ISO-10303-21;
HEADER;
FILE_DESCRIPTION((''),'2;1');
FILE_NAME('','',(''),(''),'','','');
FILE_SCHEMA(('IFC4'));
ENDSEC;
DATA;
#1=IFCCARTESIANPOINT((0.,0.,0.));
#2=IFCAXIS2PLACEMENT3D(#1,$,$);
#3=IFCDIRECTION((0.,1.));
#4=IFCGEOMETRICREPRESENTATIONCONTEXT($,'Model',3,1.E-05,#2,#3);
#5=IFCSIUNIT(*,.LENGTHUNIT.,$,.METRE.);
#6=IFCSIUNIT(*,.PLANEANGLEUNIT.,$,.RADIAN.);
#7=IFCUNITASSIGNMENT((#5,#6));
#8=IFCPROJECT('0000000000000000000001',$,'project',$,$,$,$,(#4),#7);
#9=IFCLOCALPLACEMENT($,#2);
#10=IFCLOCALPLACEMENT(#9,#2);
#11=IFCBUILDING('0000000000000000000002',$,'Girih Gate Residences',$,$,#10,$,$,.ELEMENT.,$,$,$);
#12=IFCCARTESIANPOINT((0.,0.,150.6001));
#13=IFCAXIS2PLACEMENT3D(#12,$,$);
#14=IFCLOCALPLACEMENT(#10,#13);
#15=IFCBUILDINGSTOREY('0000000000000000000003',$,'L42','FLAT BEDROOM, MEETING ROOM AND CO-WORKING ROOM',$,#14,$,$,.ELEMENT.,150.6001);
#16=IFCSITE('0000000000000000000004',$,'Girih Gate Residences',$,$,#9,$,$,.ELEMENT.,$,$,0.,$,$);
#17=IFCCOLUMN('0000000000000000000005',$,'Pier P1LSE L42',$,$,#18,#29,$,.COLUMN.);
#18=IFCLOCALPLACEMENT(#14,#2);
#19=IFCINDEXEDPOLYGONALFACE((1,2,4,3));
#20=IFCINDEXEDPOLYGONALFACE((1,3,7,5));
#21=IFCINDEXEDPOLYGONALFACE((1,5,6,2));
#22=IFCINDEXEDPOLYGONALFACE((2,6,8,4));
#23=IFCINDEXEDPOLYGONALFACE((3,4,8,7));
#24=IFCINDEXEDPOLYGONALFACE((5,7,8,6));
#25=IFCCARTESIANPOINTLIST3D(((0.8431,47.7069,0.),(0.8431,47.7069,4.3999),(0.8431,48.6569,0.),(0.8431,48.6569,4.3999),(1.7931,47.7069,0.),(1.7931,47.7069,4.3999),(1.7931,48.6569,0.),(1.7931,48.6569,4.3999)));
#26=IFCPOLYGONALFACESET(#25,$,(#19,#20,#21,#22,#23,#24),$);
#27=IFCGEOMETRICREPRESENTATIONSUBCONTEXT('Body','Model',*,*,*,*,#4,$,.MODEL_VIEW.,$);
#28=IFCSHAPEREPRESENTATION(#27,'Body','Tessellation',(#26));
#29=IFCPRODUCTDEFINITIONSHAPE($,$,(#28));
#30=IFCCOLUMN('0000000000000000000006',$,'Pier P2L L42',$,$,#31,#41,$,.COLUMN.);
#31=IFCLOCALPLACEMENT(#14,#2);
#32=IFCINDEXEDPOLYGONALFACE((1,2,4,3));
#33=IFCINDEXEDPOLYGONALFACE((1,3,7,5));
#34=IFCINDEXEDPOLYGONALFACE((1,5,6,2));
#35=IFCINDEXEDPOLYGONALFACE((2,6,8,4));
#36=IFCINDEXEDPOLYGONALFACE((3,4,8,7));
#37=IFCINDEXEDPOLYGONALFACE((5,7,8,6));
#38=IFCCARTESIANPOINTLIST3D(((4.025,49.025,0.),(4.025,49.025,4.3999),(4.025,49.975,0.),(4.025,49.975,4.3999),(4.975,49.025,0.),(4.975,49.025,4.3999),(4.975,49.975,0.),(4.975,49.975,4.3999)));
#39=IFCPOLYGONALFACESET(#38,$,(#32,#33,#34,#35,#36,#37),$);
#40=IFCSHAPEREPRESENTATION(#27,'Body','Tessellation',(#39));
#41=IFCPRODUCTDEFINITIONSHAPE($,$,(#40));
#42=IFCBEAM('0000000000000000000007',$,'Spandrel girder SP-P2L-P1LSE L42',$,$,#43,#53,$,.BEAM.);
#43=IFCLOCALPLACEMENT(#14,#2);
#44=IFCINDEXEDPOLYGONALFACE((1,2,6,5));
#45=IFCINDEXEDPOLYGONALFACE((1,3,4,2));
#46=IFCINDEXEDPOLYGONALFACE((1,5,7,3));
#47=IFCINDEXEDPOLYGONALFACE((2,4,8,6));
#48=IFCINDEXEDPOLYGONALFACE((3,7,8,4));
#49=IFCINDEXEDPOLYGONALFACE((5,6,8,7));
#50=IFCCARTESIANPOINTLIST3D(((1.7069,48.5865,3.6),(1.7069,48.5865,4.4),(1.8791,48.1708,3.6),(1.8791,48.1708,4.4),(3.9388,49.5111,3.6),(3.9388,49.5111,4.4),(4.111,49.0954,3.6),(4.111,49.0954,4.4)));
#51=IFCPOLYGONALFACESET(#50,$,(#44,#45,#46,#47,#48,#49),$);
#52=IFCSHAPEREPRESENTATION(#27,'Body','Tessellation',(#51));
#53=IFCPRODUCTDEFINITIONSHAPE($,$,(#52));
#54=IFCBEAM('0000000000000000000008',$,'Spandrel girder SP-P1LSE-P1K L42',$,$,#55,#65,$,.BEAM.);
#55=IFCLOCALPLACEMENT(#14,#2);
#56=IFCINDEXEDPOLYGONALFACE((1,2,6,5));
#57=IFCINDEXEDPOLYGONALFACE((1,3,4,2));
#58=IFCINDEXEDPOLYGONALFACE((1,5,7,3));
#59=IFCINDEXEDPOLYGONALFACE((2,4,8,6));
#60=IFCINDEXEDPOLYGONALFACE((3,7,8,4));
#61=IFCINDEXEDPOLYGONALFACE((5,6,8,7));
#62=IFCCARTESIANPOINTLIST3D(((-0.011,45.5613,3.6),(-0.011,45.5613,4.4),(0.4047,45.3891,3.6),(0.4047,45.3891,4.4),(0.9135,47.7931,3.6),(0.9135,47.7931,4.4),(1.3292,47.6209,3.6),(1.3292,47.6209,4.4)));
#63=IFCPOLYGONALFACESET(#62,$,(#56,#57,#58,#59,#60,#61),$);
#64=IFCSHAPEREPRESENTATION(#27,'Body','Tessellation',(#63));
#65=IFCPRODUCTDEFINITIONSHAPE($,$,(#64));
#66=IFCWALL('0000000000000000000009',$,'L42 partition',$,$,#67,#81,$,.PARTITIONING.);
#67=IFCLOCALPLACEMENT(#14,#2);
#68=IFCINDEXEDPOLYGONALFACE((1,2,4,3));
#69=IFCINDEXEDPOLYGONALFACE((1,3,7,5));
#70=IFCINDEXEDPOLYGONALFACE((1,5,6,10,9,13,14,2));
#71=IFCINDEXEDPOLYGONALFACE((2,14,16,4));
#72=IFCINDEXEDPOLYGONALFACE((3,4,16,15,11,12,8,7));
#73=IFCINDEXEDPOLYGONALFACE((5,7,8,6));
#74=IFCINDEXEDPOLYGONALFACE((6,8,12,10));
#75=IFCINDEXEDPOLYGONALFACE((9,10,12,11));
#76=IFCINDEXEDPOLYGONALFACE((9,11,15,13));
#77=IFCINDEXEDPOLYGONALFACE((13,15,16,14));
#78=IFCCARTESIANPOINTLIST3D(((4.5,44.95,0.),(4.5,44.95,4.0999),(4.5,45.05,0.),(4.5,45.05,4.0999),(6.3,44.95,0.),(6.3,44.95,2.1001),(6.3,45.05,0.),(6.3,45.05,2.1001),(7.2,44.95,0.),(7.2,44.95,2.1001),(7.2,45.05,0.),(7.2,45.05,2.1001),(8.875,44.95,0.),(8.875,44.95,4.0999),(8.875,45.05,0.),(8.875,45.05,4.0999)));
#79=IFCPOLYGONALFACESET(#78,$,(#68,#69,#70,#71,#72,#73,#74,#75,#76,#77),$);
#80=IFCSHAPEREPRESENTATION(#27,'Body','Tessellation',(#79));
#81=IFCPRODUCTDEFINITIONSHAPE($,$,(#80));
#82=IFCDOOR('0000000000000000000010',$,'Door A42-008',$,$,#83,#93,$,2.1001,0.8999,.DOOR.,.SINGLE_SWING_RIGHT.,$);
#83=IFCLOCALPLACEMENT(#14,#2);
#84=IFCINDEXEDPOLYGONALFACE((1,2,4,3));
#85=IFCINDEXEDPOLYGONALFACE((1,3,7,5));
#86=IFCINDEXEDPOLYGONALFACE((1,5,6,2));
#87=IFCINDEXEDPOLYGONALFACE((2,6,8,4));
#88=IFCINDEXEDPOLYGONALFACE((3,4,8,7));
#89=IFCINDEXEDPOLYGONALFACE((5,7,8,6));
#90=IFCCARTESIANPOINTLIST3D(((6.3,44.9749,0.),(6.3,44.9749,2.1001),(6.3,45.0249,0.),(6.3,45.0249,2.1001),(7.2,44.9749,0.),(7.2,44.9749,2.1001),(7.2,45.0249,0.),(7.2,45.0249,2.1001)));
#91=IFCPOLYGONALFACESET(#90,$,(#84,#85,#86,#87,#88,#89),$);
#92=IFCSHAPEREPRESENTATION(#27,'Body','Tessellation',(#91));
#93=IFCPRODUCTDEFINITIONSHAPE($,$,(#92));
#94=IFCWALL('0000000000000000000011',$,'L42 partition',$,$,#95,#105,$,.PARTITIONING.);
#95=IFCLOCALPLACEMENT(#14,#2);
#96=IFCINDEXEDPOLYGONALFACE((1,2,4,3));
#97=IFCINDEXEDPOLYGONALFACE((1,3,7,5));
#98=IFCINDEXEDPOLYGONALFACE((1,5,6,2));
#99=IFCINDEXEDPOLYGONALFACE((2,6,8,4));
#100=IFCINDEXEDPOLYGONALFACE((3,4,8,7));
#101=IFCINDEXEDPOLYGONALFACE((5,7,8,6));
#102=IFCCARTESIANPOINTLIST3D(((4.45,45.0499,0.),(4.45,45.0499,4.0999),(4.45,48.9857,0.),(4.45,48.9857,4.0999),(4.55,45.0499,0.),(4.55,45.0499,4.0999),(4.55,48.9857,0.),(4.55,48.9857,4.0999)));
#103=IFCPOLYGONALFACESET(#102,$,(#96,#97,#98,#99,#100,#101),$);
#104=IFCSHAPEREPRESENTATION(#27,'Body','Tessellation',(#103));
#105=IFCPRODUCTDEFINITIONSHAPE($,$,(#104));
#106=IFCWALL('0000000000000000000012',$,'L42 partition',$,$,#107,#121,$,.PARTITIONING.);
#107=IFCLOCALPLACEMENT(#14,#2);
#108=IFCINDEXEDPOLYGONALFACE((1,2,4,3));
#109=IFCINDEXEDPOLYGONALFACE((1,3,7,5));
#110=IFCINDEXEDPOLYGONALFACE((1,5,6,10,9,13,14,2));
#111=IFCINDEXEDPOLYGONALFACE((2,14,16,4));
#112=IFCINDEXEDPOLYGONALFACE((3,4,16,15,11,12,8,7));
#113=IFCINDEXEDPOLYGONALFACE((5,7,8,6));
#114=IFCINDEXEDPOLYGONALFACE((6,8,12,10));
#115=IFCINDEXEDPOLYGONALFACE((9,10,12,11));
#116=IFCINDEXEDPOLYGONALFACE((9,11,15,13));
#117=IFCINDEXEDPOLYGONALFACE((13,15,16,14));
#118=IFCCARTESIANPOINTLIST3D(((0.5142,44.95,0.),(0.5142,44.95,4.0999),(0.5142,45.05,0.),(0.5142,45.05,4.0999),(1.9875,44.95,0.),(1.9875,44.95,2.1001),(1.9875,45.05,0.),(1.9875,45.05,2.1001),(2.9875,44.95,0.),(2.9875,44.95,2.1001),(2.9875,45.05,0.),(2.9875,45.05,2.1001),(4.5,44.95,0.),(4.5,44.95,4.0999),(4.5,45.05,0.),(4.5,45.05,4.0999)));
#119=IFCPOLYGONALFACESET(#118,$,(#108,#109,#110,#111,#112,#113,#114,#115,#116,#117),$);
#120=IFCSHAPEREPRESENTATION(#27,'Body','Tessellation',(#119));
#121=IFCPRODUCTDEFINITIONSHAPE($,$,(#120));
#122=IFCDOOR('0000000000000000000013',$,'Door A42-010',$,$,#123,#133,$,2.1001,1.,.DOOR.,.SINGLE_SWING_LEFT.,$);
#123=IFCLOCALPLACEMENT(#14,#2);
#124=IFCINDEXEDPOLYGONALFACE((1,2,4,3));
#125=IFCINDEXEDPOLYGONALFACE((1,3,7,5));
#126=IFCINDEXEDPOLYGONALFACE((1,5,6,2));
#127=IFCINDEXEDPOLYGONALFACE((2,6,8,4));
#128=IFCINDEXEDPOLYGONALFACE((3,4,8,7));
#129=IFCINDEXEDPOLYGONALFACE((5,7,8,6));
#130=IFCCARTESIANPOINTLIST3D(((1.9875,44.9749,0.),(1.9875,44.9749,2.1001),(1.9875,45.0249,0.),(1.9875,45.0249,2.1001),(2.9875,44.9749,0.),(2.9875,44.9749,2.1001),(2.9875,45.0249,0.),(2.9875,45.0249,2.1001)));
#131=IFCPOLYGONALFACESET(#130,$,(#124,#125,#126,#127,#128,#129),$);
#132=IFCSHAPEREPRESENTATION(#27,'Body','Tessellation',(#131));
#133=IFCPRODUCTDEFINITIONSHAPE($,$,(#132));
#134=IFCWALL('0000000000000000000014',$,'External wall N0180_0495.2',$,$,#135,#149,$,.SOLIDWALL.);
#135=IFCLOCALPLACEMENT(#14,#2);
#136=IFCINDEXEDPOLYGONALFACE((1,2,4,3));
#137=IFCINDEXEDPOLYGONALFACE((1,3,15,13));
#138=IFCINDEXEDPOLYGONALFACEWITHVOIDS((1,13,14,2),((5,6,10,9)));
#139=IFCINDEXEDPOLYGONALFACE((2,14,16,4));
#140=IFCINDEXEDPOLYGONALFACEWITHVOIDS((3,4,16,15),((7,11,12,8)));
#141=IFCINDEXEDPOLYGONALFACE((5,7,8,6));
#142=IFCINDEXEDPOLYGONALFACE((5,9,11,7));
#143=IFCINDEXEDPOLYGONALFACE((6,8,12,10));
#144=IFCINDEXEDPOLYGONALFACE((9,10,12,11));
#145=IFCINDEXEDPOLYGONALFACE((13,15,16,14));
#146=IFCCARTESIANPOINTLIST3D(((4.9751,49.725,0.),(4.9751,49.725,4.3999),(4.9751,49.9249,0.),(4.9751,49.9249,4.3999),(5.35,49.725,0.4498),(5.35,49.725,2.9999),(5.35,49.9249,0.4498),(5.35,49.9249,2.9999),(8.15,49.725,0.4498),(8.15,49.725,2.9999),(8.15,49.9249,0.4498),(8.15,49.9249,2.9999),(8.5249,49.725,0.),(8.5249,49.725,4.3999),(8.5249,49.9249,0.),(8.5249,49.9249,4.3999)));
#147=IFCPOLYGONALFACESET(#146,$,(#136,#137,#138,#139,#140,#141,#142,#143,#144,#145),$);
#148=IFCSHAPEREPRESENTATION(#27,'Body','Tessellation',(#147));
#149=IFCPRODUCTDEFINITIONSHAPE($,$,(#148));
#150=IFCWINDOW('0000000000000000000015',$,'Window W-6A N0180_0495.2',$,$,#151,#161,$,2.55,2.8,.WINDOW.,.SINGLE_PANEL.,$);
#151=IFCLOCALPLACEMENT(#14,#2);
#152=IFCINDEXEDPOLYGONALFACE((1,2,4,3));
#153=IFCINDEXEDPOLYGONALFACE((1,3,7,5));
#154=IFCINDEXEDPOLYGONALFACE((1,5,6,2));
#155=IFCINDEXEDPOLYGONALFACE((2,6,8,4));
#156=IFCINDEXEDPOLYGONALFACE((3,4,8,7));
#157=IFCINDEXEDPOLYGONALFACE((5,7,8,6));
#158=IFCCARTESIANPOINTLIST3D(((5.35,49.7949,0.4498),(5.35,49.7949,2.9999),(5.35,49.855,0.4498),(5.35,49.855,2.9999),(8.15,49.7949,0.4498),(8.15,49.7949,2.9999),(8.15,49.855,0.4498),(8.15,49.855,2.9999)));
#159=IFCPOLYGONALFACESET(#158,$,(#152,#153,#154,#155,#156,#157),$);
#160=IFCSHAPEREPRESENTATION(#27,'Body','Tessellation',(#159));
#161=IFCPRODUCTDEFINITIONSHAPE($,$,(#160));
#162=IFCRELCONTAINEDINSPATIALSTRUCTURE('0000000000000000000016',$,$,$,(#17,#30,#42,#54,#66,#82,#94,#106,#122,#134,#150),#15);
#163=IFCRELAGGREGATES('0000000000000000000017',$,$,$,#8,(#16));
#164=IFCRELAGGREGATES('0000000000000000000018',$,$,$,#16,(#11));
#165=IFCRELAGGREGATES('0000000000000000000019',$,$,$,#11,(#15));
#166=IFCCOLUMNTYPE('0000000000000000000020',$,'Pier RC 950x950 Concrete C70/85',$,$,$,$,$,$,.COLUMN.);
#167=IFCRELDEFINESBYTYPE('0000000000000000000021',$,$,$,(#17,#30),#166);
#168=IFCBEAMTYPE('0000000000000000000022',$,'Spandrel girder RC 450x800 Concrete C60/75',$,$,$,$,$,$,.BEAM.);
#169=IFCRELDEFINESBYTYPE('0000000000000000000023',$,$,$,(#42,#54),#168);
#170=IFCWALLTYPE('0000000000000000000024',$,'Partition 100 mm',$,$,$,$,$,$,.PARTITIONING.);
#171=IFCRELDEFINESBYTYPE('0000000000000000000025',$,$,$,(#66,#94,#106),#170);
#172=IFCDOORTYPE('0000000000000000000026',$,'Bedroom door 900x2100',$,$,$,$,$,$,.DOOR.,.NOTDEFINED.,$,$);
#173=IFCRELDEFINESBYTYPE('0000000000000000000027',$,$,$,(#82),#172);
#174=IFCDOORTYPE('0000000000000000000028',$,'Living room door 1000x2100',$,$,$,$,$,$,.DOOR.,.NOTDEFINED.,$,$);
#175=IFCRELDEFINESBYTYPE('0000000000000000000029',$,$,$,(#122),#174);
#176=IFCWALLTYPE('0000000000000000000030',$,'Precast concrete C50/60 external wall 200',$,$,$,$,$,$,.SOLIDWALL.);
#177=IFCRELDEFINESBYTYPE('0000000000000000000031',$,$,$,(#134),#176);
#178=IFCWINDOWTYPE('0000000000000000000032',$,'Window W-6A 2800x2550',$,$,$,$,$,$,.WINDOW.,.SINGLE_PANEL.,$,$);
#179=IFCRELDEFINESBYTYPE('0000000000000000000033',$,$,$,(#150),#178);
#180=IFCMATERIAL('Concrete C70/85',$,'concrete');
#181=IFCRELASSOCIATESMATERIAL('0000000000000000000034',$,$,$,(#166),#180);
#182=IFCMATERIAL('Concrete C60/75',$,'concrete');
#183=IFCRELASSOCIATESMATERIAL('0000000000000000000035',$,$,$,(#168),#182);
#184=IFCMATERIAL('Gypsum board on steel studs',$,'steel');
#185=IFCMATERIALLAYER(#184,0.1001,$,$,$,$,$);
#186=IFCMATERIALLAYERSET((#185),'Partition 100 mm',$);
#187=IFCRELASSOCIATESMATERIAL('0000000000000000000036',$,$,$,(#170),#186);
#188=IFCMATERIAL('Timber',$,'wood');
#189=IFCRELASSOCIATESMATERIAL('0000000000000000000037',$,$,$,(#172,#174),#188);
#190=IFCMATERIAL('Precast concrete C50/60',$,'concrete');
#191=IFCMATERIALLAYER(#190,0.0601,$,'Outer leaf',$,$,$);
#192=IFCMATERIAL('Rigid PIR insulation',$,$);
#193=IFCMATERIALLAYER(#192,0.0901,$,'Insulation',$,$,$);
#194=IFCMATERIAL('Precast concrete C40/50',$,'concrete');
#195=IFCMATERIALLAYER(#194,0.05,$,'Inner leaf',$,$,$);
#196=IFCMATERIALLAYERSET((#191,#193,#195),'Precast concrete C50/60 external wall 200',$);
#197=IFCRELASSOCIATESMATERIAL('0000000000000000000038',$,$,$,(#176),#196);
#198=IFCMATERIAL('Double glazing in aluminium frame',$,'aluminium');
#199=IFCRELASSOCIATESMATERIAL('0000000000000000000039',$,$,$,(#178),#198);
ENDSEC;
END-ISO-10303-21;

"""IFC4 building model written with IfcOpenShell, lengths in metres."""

from ifc_helpers import new_model, si_unit, direction, frame, frame_2d, origin, origin_2d, place, context, subcontext, project, spatial, rectangle, extrude, material, layer, layer_set, material_profile, profile_set, type_object, element, fill, save


model = new_model("IFC4")

# Units and contexts
model_context = context("Model", 3, precision=1e-05, world=origin(), true_north=direction((0.0, 1.0)))
body_context = subcontext(model_context, "Body", "Model", "MODEL_VIEW")
ifc_project = project(units=[si_unit("LENGTHUNIT", "METRE"), si_unit("PLANEANGLEUNIT", "RADIAN")], contexts=[model_context])

# Site, building, storey
site_placement = place(None, origin())
site = spatial("IfcSite", under=ifc_project, at=site_placement, Name="Girih Gate Residences", CompositionType="ELEMENT", RefElevation=0.0)
building_placement = place(site_placement, origin())
building = spatial("IfcBuilding", under=site, at=building_placement, Name="Girih Gate Residences", CompositionType="ELEMENT")
storey_placement = place(building_placement, frame((0.0, 0.0, 150.6001)))
storey = spatial("IfcBuildingStorey", under=building, at=storey_placement, Name="L42", Description="FLAT BEDROOM, MEETING ROOM AND CO-WORKING ROOM", CompositionType="ELEMENT", Elevation=150.6001)

# Columns
ifc_material_1 = material(Name="Concrete C70/85", Category="concrete")
ifc_material_profile_1 = material_profile(ifc_material_1, rectangle(XDim=0.95, YDim=0.95, at=origin_2d()))
ifc_profile_set_1 = profile_set([ifc_material_profile_1], Name="Concrete C70/85")
column_type = type_object("IfcColumnType", Name="Pier RC 950x950 Concrete C70/85", PredefinedType="COLUMN", material=ifc_profile_set_1)
for number, where, z_axis, x_axis, name in (
    (1, (1.3181, 48.1819, 0.0), (0.0, 0.0, 1.0), (1.0, 0.0, 0.0), "Pier P1LSE L42"),
    (2, (4.5, 49.5, 0.0), (0.0, 0.0, 1.0), (1.0, 0.0, 0.0), "Pier P2L L42"),
):
    element("IfcColumn", number, at=place(storey_placement, frame(where, z_axis=z_axis, x_axis=x_axis)), inside=storey, type_object=column_type, Name=name, PredefinedType="COLUMN", context=body_context, shape_type="SweptSolid", body=[
        extrude(rectangle(XDim=0.95, YDim=0.95, at=origin_2d()), origin(), (0.0, 0.0, 1.0), 4.3999),
    ])

# Beams
ifc_material_2 = material(Name="Concrete C60/75", Category="concrete")
ifc_material_profile_2 = material_profile(ifc_material_2, rectangle(XDim=0.45, YDim=0.8, at=origin_2d()))
ifc_profile_set_2 = profile_set([ifc_material_profile_2], Name="Concrete C60/75")
beam_type = type_object("IfcBeamType", Name="Spandrel girder RC 450x800 Concrete C60/75", PredefinedType="BEAM", material=ifc_profile_set_2)
for number, where, z_axis, x_axis, name in (
    (3, (4.0249, 49.3032, 4.0), (-0.92387, -0.382706, 0.0), (0.382706, -0.92387, 0.0), "Spandrel girder SP-P2L-P1LSE L42"),
    (4, (1.1213, 47.707, 4.0), (-0.382706, -0.92387, 0.0), (0.92387, -0.382706, 0.0), "Spandrel girder SP-P1LSE-P1K L42"),
):
    element("IfcBeam", number, at=place(storey_placement, frame(where, z_axis=z_axis, x_axis=x_axis)), inside=storey, type_object=beam_type, Name=name, PredefinedType="BEAM", context=body_context, shape_type="SweptSolid", body=[
        extrude(rectangle(XDim=0.45, YDim=0.8, at=origin_2d()), origin(), (0.0, 0.0, 1.0), 2.4158),
    ])

# Wall, opening, door
ifc_material_3 = material(Name="Gypsum board on steel studs", Category="steel")
ifc_layer_1 = layer(ifc_material_3, 0.1001)
ifc_layer_set_1 = layer_set([ifc_layer_1], Name="Partition 100 mm")
wall_type_1 = type_object("IfcWallType", Name="Partition 100 mm", PredefinedType="PARTITIONING", material=ifc_layer_set_1)
wall_1_placement = place(storey_placement, frame((4.5, 45.0, 0.0), z_axis=(0.0, 0.0, 1.0), x_axis=(1.0, 0.0, 0.0)))
wall_1 = element("IfcWall", 5, at=wall_1_placement, inside=storey, type_object=wall_type_1, Name="L42 partition", PredefinedType="PARTITIONING", context=body_context, shape_type="SweptSolid", body=[
    extrude(rectangle(XDim=4.375, YDim=0.1001, at=frame_2d((2.1875, 0.0))), origin(), (0.0, 0.0, 1.0), 4.0999),
])
opening_1_placement = place(wall_1_placement, frame((1.8, 0.0, 0.0)))
opening_1 = element("IfcOpeningElement", 6, at=opening_1_placement, cuts=wall_1, PredefinedType="OPENING", context=body_context, shape_type="SweptSolid", body=[
    extrude(rectangle(XDim=0.8999, YDim=2.1001, at=frame_2d((0.45, 1.05))), frame((0.0, 0.0601, 0.0), z_axis=(0.0, -1.0, 0.0), x_axis=(1.0, 0.0, 0.0)), (0.0, 0.0, 1.0), 0.1201),
])
ifc_material_4 = material(Name="Timber", Category="wood")
door_type_1 = type_object("IfcDoorType", Name="Bedroom door 900x2100", OperationType="NOTDEFINED", PredefinedType="DOOR", material=ifc_material_4)
door_1_placement = place(opening_1_placement, origin())
door_1 = element("IfcDoor", 7, at=door_1_placement, inside=storey, type_object=door_type_1, Name="Door A42-008", OperationType="SINGLE_SWING_RIGHT", OverallHeight=2.1001, OverallWidth=0.8999, PredefinedType="DOOR", context=body_context, shape_type="SweptSolid", body=[
    extrude(rectangle(XDim=0.8999, YDim=2.1001, at=frame_2d((0.45, 1.05))), frame((0.0, 0.0249, 0.0), z_axis=(0.0, -1.0, 0.0), x_axis=(1.0, 0.0, 0.0)), (0.0, 0.0, 1.0), 0.05),
])
fill(opening_1, door_1)

# Wall
wall_2_placement = place(storey_placement, frame((4.5, 45.05, 0.0), z_axis=(0.0, 0.0, 1.0), x_axis=(0.0, 1.0, 0.0)))
element("IfcWall", 8, at=wall_2_placement, inside=storey, type_object=wall_type_1, Name="L42 partition", PredefinedType="PARTITIONING", context=body_context, shape_type="SweptSolid", body=[
    extrude(rectangle(XDim=3.9358, YDim=0.1001, at=frame_2d((1.9678, 0.0))), origin(), (0.0, 0.0, 1.0), 4.0999),
])

# Wall, opening, door
wall_3_placement = place(storey_placement, frame((0.5142, 45.0, 0.0), z_axis=(0.0, 0.0, 1.0), x_axis=(1.0, 0.0, 0.0)))
wall_3 = element("IfcWall", 9, at=wall_3_placement, inside=storey, type_object=wall_type_1, Name="L42 partition", PredefinedType="PARTITIONING", context=body_context, shape_type="SweptSolid", body=[
    extrude(rectangle(XDim=3.9858, YDim=0.1001, at=frame_2d((1.9929, 0.0))), origin(), (0.0, 0.0, 1.0), 4.0999),
])
opening_2_placement = place(wall_3_placement, frame((1.4734, 0.0, 0.0)))
opening_2 = element("IfcOpeningElement", 10, at=opening_2_placement, cuts=wall_3, PredefinedType="OPENING", context=body_context, shape_type="SweptSolid", body=[
    extrude(rectangle(XDim=1.0, YDim=2.1001, at=frame_2d((0.5, 1.05))), frame((0.0, 0.0601, 0.0), z_axis=(0.0, -1.0, 0.0), x_axis=(1.0, 0.0, 0.0)), (0.0, 0.0, 1.0), 0.1201),
])
door_type_2 = type_object("IfcDoorType", Name="Living room door 1000x2100", OperationType="NOTDEFINED", PredefinedType="DOOR", material=ifc_material_4)
door_2_placement = place(opening_2_placement, origin())
door_2 = element("IfcDoor", 11, at=door_2_placement, inside=storey, type_object=door_type_2, Name="Door A42-010", OperationType="SINGLE_SWING_LEFT", OverallHeight=2.1001, OverallWidth=1.0, PredefinedType="DOOR", context=body_context, shape_type="SweptSolid", body=[
    extrude(rectangle(XDim=1.0, YDim=2.1001, at=frame_2d((0.5, 1.05))), frame((0.0, 0.0249, 0.0), z_axis=(0.0, -1.0, 0.0), x_axis=(1.0, 0.0, 0.0)), (0.0, 0.0, 1.0), 0.05),
])
fill(opening_2, door_2)

# Wall, opening, window
ifc_material_5 = material(Name="Precast concrete C50/60", Category="concrete")
ifc_layer_2 = layer(ifc_material_5, 0.0601, Name="Outer leaf")
ifc_material_6 = material(Name="Rigid PIR insulation")
ifc_layer_3 = layer(ifc_material_6, 0.0901, Name="Insulation")
ifc_material_7 = material(Name="Precast concrete C40/50", Category="concrete")
ifc_layer_4 = layer(ifc_material_7, 0.05, Name="Inner leaf")
ifc_layer_set_2 = layer_set([ifc_layer_2, ifc_layer_3, ifc_layer_4], Name="Precast concrete C50/60 external wall 200")
wall_type_2 = type_object("IfcWallType", Name="Precast concrete C50/60 external wall 200", PredefinedType="SOLIDWALL", material=ifc_layer_set_2)
wall_4_placement = place(storey_placement, frame((4.9751, 49.825, 0.0), z_axis=(0.0, 0.0, 1.0), x_axis=(1.0, 0.0, 0.0)))
wall_4 = element("IfcWall", 12, at=wall_4_placement, inside=storey, type_object=wall_type_2, Name="External wall N0180_0495.2", PredefinedType="SOLIDWALL", context=body_context, shape_type="SweptSolid", body=[
    extrude(rectangle(XDim=3.5498, YDim=0.2, at=frame_2d((1.7749, 0.0))), origin(), (0.0, 0.0, 1.0), 4.3999),
])
opening_3_placement = place(wall_4_placement, frame((0.375, 0.0, 0.45)))
opening_3 = element("IfcOpeningElement", 13, at=opening_3_placement, cuts=wall_4, PredefinedType="OPENING", context=body_context, shape_type="SweptSolid", body=[
    extrude(rectangle(XDim=2.8, YDim=2.55, at=frame_2d((1.3999, 1.2749))), frame((0.0, 0.1099, 0.0), z_axis=(0.0, -1.0, 0.0), x_axis=(1.0, 0.0, 0.0)), (0.0, 0.0, 1.0), 0.22),
])
ifc_material_8 = material(Name="Double glazing in aluminium frame", Category="aluminium")
window_type_1 = type_object("IfcWindowType", Name="Window W-6A 2800x2550", PartitioningType="SINGLE_PANEL", PredefinedType="WINDOW", material=ifc_material_8)
window_1_placement = place(opening_3_placement, origin())
window_1 = element("IfcWindow", 14, at=window_1_placement, inside=storey, type_object=window_type_1, Name="Window W-6A N0180_0495.2", OverallHeight=2.55, OverallWidth=2.8, PartitioningType="SINGLE_PANEL", PredefinedType="WINDOW", context=body_context, shape_type="SweptSolid", body=[
    extrude(rectangle(XDim=2.8, YDim=2.55, at=frame_2d((1.3999, 1.2749))), frame((0.0, 0.03, 0.0), z_axis=(0.0, -1.0, 0.0), x_axis=(1.0, 0.0, 0.0)), (0.0, 0.0, 1.0), 0.0601),
])
fill(opening_3, window_1)

save(model, "model.ifc")
